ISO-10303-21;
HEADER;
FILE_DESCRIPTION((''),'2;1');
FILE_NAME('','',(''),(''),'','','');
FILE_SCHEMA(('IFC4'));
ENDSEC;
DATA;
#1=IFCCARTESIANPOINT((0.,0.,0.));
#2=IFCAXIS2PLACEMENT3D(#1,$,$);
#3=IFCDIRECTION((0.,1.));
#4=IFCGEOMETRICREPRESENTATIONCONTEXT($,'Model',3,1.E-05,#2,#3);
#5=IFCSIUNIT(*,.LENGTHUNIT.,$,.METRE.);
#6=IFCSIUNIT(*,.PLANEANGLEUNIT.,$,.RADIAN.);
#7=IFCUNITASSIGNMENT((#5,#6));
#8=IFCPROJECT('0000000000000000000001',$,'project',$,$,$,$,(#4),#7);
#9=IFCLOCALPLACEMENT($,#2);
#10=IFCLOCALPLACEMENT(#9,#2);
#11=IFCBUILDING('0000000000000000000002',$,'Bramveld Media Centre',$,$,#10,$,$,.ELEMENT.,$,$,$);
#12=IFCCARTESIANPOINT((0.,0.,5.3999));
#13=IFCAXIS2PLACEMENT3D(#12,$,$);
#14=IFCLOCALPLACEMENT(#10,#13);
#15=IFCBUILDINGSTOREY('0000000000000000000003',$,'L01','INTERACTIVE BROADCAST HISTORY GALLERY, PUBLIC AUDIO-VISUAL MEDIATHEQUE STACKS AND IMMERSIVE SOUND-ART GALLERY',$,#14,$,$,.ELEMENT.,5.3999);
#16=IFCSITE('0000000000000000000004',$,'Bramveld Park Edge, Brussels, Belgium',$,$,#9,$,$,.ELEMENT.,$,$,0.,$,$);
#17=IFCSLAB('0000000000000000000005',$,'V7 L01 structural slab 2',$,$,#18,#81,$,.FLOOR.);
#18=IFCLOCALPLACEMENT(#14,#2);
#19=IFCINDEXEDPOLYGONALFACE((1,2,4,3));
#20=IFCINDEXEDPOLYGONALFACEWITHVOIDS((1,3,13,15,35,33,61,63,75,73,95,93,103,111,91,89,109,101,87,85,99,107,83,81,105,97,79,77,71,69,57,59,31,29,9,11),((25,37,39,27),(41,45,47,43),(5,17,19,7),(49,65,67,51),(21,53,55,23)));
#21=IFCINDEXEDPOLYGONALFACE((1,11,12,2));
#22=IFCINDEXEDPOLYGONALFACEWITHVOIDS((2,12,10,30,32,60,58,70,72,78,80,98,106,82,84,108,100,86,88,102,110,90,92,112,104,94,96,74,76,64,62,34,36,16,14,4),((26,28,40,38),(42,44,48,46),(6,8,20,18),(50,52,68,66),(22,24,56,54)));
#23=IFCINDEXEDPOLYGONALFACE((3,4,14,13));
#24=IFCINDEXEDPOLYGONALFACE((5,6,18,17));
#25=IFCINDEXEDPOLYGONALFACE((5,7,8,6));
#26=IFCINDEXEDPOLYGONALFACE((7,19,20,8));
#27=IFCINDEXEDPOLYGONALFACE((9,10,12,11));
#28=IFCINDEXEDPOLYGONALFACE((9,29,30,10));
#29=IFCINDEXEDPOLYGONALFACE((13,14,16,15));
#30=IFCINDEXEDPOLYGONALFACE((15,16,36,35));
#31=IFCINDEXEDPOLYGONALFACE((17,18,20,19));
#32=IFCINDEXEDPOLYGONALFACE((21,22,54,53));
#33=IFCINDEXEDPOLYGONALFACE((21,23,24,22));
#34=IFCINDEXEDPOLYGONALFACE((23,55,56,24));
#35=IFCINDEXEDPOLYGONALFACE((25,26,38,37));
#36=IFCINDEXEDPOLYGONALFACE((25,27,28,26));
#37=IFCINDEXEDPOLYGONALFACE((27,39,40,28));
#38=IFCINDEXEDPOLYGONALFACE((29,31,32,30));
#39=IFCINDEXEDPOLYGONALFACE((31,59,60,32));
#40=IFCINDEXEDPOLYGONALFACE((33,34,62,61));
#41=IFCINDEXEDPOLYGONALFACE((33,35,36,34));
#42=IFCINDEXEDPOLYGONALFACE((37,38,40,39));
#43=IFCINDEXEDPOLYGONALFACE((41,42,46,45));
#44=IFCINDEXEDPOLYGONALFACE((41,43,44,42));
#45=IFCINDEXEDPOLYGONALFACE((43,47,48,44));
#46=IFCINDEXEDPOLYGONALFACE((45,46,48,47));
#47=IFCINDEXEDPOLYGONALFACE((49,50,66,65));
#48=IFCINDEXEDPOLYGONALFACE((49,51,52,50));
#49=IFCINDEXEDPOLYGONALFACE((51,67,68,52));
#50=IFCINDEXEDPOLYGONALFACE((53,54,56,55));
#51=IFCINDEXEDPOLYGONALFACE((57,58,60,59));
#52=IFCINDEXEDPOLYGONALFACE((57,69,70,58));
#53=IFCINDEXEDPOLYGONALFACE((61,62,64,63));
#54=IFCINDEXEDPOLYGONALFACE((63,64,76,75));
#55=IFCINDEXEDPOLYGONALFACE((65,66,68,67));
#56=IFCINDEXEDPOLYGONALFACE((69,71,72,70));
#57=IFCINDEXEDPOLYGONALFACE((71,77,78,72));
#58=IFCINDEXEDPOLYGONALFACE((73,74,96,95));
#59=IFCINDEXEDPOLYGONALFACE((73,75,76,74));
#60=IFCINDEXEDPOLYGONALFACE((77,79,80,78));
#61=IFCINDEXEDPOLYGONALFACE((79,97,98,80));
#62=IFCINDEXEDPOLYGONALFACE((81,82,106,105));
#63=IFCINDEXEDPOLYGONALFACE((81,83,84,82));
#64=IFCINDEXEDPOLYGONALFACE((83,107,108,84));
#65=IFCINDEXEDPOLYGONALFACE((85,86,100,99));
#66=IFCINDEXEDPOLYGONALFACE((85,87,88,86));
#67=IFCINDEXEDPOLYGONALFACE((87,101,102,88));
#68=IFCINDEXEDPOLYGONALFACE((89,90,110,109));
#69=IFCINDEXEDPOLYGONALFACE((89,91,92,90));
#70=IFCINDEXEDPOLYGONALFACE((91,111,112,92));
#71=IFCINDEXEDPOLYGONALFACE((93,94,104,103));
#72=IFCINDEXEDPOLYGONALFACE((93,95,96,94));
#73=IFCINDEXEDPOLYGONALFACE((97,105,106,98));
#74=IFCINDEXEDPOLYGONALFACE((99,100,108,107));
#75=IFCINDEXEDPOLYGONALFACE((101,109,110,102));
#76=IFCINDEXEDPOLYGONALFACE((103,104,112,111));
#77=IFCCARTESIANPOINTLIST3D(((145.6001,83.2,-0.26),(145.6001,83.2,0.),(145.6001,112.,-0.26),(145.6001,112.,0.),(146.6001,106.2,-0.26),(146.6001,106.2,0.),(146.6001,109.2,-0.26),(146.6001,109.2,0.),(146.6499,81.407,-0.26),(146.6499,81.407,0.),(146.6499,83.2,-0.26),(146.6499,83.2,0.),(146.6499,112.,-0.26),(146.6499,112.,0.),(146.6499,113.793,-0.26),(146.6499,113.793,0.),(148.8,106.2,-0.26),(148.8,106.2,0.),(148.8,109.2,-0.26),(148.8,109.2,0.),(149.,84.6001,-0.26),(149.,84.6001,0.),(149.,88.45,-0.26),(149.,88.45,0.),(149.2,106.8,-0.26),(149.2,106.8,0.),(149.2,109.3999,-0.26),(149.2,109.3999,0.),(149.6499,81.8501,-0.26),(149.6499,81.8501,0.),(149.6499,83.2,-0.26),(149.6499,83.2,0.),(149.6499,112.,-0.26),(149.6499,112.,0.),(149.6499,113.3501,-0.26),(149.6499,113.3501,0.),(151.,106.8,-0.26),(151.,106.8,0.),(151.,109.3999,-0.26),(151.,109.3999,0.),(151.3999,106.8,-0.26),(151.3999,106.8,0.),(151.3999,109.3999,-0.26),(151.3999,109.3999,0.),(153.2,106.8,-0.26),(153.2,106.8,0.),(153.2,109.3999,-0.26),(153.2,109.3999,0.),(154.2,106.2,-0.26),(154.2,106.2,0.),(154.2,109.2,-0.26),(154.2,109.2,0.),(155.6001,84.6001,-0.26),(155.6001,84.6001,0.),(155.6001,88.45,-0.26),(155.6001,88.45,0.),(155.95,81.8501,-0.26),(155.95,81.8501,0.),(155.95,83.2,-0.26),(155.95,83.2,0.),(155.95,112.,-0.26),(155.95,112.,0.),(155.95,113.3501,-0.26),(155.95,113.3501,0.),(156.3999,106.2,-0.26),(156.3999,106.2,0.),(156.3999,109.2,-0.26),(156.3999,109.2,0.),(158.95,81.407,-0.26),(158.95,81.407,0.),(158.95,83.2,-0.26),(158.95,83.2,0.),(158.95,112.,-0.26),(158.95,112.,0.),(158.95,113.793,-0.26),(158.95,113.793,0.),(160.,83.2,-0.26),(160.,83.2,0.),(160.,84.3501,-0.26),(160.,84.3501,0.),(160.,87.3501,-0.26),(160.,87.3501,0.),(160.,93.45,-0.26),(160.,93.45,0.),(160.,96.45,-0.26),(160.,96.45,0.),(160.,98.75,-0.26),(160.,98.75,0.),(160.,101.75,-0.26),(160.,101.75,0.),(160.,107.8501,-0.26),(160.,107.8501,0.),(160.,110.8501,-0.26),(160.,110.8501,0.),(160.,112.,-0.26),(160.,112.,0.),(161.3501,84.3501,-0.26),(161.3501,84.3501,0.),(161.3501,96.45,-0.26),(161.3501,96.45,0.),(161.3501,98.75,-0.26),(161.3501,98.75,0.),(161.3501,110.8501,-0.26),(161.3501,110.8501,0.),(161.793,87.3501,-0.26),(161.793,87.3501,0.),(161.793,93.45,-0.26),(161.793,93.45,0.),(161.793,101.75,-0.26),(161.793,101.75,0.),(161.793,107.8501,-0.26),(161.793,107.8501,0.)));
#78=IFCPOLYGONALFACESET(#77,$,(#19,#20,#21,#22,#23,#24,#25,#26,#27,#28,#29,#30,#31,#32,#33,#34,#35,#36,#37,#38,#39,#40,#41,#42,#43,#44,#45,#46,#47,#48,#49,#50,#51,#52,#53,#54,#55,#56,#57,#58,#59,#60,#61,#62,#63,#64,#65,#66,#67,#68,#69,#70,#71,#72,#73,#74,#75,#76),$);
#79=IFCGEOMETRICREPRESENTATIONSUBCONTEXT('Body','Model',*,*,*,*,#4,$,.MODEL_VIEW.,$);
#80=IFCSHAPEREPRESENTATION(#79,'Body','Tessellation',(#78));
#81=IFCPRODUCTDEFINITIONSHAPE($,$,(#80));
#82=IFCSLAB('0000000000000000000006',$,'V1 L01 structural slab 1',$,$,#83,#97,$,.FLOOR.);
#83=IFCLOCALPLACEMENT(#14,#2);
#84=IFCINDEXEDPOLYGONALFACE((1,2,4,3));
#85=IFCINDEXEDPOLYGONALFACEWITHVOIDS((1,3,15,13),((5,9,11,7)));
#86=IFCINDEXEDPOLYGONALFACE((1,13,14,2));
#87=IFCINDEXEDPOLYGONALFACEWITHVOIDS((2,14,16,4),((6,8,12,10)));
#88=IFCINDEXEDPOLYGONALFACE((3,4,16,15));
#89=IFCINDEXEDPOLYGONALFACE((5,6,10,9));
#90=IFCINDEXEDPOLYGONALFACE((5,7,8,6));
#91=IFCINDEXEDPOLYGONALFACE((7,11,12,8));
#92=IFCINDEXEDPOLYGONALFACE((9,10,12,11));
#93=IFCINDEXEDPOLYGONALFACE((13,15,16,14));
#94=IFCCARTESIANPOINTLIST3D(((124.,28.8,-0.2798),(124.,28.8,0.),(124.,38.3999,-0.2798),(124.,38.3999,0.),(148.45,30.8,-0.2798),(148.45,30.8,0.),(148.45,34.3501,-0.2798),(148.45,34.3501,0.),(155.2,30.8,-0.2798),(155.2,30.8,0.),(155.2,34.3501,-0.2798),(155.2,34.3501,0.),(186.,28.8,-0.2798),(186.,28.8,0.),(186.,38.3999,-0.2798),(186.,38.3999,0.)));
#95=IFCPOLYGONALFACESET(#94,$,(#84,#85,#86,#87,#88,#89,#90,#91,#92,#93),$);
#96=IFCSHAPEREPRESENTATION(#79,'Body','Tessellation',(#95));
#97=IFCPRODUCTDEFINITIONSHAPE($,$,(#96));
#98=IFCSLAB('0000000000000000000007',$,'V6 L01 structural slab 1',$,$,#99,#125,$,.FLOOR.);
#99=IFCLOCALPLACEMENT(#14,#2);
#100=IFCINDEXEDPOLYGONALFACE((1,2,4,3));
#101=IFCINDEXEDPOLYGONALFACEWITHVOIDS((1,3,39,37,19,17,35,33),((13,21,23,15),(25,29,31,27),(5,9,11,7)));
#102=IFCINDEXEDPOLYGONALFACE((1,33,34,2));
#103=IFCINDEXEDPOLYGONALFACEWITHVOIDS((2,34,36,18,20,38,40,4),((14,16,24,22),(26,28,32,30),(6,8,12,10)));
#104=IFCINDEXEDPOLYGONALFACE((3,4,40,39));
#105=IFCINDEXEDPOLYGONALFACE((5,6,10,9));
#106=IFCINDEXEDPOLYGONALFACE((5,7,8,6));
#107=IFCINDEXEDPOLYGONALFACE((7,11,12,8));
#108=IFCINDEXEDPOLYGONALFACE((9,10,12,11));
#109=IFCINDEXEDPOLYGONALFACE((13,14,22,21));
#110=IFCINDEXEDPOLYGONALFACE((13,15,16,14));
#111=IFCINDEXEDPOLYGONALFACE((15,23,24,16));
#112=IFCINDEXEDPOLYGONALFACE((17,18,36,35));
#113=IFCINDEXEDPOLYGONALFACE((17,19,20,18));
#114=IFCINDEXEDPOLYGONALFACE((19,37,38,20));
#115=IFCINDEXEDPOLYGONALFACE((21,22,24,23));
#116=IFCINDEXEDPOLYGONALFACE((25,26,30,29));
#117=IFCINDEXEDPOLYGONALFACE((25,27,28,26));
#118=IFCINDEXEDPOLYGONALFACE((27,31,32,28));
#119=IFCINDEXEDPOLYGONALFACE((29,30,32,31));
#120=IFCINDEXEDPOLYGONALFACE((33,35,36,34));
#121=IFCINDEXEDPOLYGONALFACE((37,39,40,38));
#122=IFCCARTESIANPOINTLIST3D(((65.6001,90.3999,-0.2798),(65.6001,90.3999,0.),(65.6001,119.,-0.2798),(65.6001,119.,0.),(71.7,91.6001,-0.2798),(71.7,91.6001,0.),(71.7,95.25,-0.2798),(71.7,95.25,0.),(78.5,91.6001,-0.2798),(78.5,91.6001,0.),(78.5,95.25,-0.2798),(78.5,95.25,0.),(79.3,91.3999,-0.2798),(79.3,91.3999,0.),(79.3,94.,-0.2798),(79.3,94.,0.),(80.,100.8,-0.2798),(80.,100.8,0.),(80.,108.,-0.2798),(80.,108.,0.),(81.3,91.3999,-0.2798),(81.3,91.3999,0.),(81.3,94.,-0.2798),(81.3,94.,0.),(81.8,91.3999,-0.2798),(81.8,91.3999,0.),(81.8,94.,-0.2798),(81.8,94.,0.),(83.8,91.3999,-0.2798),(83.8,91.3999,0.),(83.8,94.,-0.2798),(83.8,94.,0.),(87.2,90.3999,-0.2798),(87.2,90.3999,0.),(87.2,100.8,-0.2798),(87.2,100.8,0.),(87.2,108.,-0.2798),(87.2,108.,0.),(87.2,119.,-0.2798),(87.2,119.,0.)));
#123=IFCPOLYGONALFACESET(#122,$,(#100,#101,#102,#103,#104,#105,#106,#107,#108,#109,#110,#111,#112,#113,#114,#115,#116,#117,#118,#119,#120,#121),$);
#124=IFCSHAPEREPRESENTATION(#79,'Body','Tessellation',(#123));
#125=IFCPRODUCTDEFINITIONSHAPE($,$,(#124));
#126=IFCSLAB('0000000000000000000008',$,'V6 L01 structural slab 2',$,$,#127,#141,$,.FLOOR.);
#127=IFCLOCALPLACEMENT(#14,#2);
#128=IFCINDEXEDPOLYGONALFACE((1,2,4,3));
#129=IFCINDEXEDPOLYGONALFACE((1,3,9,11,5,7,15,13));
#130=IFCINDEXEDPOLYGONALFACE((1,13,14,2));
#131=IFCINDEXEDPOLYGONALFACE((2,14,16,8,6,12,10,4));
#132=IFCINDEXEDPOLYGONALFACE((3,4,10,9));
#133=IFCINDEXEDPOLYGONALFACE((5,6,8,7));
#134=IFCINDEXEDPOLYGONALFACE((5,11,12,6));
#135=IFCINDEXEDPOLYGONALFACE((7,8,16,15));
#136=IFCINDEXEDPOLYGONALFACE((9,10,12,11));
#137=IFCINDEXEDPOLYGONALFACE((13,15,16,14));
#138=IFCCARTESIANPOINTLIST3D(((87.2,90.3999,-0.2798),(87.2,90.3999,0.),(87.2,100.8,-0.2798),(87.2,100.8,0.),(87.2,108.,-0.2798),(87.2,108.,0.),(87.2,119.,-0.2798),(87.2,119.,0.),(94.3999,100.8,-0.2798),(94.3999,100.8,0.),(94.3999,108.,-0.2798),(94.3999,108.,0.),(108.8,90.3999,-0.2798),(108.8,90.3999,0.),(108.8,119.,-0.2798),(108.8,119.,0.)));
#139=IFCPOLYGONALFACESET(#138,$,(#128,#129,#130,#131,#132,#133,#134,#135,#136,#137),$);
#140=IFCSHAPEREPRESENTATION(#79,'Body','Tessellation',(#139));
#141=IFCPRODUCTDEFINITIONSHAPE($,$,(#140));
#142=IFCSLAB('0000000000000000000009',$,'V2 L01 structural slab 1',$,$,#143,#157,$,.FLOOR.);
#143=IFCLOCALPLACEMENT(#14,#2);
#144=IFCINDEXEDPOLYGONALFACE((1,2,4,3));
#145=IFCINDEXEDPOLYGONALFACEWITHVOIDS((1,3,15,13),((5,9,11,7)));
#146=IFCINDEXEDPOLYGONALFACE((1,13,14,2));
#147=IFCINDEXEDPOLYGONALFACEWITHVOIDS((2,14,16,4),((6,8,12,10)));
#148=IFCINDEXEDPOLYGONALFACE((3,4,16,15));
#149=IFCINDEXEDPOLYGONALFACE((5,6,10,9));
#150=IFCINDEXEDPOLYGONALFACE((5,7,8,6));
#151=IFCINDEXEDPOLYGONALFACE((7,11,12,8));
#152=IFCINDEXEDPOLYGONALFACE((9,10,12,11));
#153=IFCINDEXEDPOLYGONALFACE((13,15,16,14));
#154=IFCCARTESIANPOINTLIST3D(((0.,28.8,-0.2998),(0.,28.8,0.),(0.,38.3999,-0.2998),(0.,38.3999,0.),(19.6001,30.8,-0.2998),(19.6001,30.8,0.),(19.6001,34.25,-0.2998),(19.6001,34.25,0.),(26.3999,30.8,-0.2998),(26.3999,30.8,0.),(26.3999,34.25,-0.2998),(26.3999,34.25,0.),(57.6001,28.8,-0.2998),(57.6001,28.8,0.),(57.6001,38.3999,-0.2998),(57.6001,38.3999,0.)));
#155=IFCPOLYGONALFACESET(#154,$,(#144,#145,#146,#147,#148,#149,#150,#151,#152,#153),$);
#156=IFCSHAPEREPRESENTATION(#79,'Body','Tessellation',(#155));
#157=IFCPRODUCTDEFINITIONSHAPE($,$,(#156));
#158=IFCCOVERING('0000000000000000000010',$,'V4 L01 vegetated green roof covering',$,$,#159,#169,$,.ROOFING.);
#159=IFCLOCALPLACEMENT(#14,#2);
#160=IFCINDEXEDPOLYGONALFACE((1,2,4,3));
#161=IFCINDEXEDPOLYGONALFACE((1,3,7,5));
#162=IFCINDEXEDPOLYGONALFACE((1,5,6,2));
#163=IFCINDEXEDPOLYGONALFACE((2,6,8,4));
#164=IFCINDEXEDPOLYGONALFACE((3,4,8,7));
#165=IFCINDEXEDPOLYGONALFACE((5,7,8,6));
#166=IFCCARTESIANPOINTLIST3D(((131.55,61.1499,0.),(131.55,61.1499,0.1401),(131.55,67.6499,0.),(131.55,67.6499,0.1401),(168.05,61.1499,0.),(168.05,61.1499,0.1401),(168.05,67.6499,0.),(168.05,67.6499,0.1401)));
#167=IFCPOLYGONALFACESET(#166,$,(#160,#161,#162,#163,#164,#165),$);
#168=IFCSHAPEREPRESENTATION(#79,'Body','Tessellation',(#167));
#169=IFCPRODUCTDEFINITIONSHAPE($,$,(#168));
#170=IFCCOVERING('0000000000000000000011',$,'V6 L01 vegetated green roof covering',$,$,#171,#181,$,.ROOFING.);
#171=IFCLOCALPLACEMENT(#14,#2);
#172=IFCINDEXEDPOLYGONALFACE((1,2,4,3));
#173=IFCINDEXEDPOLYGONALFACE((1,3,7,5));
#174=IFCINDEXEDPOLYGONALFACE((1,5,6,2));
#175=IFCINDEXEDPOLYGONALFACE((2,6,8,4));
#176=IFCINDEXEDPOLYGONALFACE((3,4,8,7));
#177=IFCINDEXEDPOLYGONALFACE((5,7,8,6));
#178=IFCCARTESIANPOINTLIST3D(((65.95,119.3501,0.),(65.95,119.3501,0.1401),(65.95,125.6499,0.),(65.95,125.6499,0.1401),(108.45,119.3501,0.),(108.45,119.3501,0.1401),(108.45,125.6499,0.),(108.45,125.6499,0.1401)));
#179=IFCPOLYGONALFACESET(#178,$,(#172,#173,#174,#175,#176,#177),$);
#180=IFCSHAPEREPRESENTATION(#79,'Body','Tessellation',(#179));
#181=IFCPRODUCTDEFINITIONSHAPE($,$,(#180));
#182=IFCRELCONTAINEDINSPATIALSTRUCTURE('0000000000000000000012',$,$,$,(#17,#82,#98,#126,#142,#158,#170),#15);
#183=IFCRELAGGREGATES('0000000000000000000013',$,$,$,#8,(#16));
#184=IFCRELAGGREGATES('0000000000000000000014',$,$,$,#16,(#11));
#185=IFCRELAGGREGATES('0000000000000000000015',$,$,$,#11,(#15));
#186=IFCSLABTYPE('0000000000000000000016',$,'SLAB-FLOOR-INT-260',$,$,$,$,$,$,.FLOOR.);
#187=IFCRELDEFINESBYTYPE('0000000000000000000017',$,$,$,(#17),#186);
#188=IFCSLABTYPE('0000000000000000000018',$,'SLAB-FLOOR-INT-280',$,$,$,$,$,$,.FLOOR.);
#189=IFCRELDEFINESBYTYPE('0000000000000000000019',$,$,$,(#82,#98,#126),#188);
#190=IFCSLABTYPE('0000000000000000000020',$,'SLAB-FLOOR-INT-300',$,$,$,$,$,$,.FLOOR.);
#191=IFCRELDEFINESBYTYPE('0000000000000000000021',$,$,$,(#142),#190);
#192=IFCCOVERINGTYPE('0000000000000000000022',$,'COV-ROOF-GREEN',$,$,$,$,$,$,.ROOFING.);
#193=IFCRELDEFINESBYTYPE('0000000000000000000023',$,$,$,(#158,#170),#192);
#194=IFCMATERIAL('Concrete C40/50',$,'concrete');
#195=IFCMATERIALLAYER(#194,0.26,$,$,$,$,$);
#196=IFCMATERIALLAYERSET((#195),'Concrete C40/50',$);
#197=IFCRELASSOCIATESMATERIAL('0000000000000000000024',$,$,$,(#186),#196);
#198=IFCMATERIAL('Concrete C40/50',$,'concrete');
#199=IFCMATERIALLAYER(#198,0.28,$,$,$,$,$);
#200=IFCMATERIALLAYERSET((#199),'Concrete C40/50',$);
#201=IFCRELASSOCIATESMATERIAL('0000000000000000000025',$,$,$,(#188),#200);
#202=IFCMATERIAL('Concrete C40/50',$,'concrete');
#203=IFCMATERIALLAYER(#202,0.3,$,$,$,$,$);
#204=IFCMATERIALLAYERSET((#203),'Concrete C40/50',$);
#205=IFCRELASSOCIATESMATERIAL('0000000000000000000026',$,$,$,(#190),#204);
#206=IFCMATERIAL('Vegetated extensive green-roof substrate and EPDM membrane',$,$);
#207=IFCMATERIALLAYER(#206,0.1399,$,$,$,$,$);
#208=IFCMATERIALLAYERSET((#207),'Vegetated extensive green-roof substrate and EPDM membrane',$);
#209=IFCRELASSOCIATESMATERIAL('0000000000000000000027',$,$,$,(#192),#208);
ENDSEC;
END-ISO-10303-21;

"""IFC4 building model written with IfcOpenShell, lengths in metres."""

from ifc_helpers import new_model, si_unit, direction, frame, origin, place, context, subcontext, project, spatial, polyline, outline, extrude, material, layer, layer_set, type_object, element, save


model = new_model("IFC4")

# Units and contexts
model_context = context("Model", 3, precision=1e-05, world=origin(), true_north=direction((0.0, 1.0)))
body_context = subcontext(model_context, "Body", "Model", "MODEL_VIEW")
ifc_project = project(units=[si_unit("LENGTHUNIT", "METRE"), si_unit("PLANEANGLEUNIT", "RADIAN")], contexts=[model_context])

# Site, building, storey
site_placement = place(None, origin())
site = spatial("IfcSite", under=ifc_project, at=site_placement, Name="Bramveld Park Edge, Brussels, Belgium", CompositionType="ELEMENT", RefElevation=0.0)
building_placement = place(site_placement, origin())
building = spatial("IfcBuilding", under=site, at=building_placement, Name="Bramveld Media Centre", CompositionType="ELEMENT")
storey_placement = place(building_placement, frame((0.0, 0.0, 5.3999)))
storey = spatial("IfcBuildingStorey", under=building, at=storey_placement, Name="L01", Description="INTERACTIVE BROADCAST HISTORY GALLERY, PUBLIC AUDIO-VISUAL MEDIATHEQUE STACKS AND IMMERSIVE SOUND-ART GALLERY", CompositionType="ELEMENT", Elevation=5.3999)

# Slabs
ifc_material_1 = material(Name="Concrete C40/50", Category="concrete")
ifc_layer_1 = layer(ifc_material_1, 0.26)
ifc_layer_set_1 = layer_set([ifc_layer_1], Name="Concrete C40/50")
slab_type_1 = type_object("IfcSlabType", Name="SLAB-FLOOR-INT-260", PredefinedType="FLOOR", material=ifc_layer_set_1)
slab_1_placement = place(storey_placement, frame((0.0, 0.0, -0.26)))
element("IfcSlab", 1, at=slab_1_placement, inside=storey, type_object=slab_type_1, Name="V7 L01 structural slab 2", PredefinedType="FLOOR", context=body_context, shape_type="SweptSolid", body=[
    extrude(outline(polyline([(146.6499, 113.793), (149.6499, 113.3501), (149.6499, 112.0), (155.95, 112.0), (155.95, 113.3501), (158.95, 113.793), (158.95, 112.0), (160.0, 112.0), (160.0, 110.8501), (161.3501, 110.8501), (161.793, 107.8501), (160.0, 107.8501), (160.0, 101.75), (161.793, 101.75), (161.3501, 98.75), (160.0, 98.75), (160.0, 96.45), (161.3501, 96.45), (161.793, 93.45), (160.0, 93.45), (160.0, 87.3501), (161.793, 87.3501), (161.3501, 84.3501), (160.0, 84.3501), (160.0, 83.2), (158.95, 83.2), (158.95, 81.407), (155.95, 81.8501), (155.95, 83.2), (149.6499, 83.2), (149.6499, 81.8501), (146.6499, 81.407), (146.6499, 83.2), (145.6001, 83.2), (145.6001, 112.0), (146.6499, 112.0), (146.6499, 113.793)]), holes=[polyline([(149.0, 88.45), (149.0, 84.6001), (155.6001, 84.6001), (155.6001, 88.45), (149.0, 88.45)]), polyline([(146.6001, 109.2), (146.6001, 106.2), (148.8, 106.2), (148.8, 109.2), (146.6001, 109.2)]), polyline([(154.2, 106.2), (156.3999, 106.2), (156.3999, 109.2), (154.2, 109.2), (154.2, 106.2)]), polyline([(149.2, 109.3999), (149.2, 106.8), (151.0, 106.8), (151.0, 109.3999), (149.2, 109.3999)]), polyline([(151.3999, 109.3999), (151.3999, 106.8), (153.2, 106.8), (153.2, 109.3999), (151.3999, 109.3999)])]), origin(), (0.0, 0.0, 1.0), 0.26),
])
ifc_material_2 = material(Name="Concrete C40/50", Category="concrete")
ifc_layer_2 = layer(ifc_material_2, 0.28)
ifc_layer_set_2 = layer_set([ifc_layer_2], Name="Concrete C40/50")
slab_type_2 = type_object("IfcSlabType", Name="SLAB-FLOOR-INT-280", PredefinedType="FLOOR", material=ifc_layer_set_2)
slab_2_placement = place(storey_placement, frame((0.0, 0.0, -0.2798)))
element("IfcSlab", 2, at=slab_2_placement, inside=storey, type_object=slab_type_2, Name="V1 L01 structural slab 1", PredefinedType="FLOOR", context=body_context, shape_type="SweptSolid", body=[
    extrude(outline(polyline([(124.0, 38.3999), (186.0, 38.3999), (186.0, 28.8), (124.0, 28.8), (124.0, 38.3999)]), holes=[polyline([(155.2, 30.8), (155.2, 34.3501), (148.45, 34.3501), (148.45, 30.8), (155.2, 30.8)])]), origin(), (0.0, 0.0, 1.0), 0.2798),
])
slab_3_placement = place(storey_placement, frame((0.0, 0.0, -0.2798)))
element("IfcSlab", 3, at=slab_3_placement, inside=storey, type_object=slab_type_2, Name="V6 L01 structural slab 1", PredefinedType="FLOOR", context=body_context, shape_type="SweptSolid", body=[
    extrude(outline(polyline([(65.6001, 119.0), (87.2, 119.0), (87.2, 108.0), (80.0, 108.0), (80.0, 100.8), (87.2, 100.8), (87.2, 90.3999), (65.6001, 90.3999), (65.6001, 119.0)]), holes=[polyline([(79.3, 91.3999), (81.3, 91.3999), (81.3, 94.0), (79.3, 94.0), (79.3, 91.3999)]), polyline([(81.8, 91.3999), (83.8, 91.3999), (83.8, 94.0), (81.8, 94.0), (81.8, 91.3999)]), polyline([(71.7, 95.25), (71.7, 91.6001), (78.5, 91.6001), (78.5, 95.25), (71.7, 95.25)])]), origin(), (0.0, 0.0, 1.0), 0.2798),
])
slab_4_placement = place(storey_placement, frame((0.0, 0.0, -0.2798)))
element("IfcSlab", 4, at=slab_4_placement, inside=storey, type_object=slab_type_2, Name="V6 L01 structural slab 2", PredefinedType="FLOOR", context=body_context, shape_type="SweptSolid", body=[
    extrude(outline(polyline([(108.8, 90.3999), (87.2, 90.3999), (87.2, 100.8), (94.3999, 100.8), (94.3999, 108.0), (87.2, 108.0), (87.2, 119.0), (108.8, 119.0), (108.8, 90.3999)])), origin(), (0.0, 0.0, 1.0), 0.2798),
])
ifc_material_3 = material(Name="Concrete C40/50", Category="concrete")
ifc_layer_3 = layer(ifc_material_3, 0.3)
ifc_layer_set_3 = layer_set([ifc_layer_3], Name="Concrete C40/50")
slab_type_3 = type_object("IfcSlabType", Name="SLAB-FLOOR-INT-300", PredefinedType="FLOOR", material=ifc_layer_set_3)
slab_5_placement = place(storey_placement, frame((0.0, 0.0, -0.2998)))
element("IfcSlab", 5, at=slab_5_placement, inside=storey, type_object=slab_type_3, Name="V2 L01 structural slab 1", PredefinedType="FLOOR", context=body_context, shape_type="SweptSolid", body=[
    extrude(outline(polyline([(0.0, 38.3999), (57.6001, 38.3999), (57.6001, 28.8), (0.0, 28.8), (0.0, 38.3999)]), holes=[polyline([(26.3999, 30.8), (26.3999, 34.25), (19.6001, 34.25), (19.6001, 30.8), (26.3999, 30.8)])]), origin(), (0.0, 0.0, 1.0), 0.2998),
])

# Coverings
ifc_material_4 = material(Name="Vegetated extensive green-roof substrate and EPDM membrane")
ifc_layer_4 = layer(ifc_material_4, 0.1399)
ifc_layer_set_4 = layer_set([ifc_layer_4], Name="Vegetated extensive green-roof substrate and EPDM membrane")
covering_type = type_object("IfcCoveringType", Name="COV-ROOF-GREEN", PredefinedType="ROOFING", material=ifc_layer_set_4)
covering_1_placement = place(storey_placement, origin())
element("IfcCovering", 6, at=covering_1_placement, inside=storey, type_object=covering_type, Name="V4 L01 vegetated green roof covering", PredefinedType="ROOFING", context=body_context, shape_type="SweptSolid", body=[
    extrude(outline(polyline([(131.55, 61.1499), (168.05, 61.1499), (168.05, 67.6499), (131.55, 67.6499), (131.55, 61.1499)])), origin(), (0.0, 0.0, 1.0), 0.1401),
])
covering_2_placement = place(storey_placement, origin())
element("IfcCovering", 7, at=covering_2_placement, inside=storey, type_object=covering_type, Name="V6 L01 vegetated green roof covering", PredefinedType="ROOFING", context=body_context, shape_type="SweptSolid", body=[
    extrude(outline(polyline([(65.95, 119.3501), (108.45, 119.3501), (108.45, 125.6499), (65.95, 125.6499), (65.95, 119.3501)])), origin(), (0.0, 0.0, 1.0), 0.1401),
])

save(model, "model.ifc")
